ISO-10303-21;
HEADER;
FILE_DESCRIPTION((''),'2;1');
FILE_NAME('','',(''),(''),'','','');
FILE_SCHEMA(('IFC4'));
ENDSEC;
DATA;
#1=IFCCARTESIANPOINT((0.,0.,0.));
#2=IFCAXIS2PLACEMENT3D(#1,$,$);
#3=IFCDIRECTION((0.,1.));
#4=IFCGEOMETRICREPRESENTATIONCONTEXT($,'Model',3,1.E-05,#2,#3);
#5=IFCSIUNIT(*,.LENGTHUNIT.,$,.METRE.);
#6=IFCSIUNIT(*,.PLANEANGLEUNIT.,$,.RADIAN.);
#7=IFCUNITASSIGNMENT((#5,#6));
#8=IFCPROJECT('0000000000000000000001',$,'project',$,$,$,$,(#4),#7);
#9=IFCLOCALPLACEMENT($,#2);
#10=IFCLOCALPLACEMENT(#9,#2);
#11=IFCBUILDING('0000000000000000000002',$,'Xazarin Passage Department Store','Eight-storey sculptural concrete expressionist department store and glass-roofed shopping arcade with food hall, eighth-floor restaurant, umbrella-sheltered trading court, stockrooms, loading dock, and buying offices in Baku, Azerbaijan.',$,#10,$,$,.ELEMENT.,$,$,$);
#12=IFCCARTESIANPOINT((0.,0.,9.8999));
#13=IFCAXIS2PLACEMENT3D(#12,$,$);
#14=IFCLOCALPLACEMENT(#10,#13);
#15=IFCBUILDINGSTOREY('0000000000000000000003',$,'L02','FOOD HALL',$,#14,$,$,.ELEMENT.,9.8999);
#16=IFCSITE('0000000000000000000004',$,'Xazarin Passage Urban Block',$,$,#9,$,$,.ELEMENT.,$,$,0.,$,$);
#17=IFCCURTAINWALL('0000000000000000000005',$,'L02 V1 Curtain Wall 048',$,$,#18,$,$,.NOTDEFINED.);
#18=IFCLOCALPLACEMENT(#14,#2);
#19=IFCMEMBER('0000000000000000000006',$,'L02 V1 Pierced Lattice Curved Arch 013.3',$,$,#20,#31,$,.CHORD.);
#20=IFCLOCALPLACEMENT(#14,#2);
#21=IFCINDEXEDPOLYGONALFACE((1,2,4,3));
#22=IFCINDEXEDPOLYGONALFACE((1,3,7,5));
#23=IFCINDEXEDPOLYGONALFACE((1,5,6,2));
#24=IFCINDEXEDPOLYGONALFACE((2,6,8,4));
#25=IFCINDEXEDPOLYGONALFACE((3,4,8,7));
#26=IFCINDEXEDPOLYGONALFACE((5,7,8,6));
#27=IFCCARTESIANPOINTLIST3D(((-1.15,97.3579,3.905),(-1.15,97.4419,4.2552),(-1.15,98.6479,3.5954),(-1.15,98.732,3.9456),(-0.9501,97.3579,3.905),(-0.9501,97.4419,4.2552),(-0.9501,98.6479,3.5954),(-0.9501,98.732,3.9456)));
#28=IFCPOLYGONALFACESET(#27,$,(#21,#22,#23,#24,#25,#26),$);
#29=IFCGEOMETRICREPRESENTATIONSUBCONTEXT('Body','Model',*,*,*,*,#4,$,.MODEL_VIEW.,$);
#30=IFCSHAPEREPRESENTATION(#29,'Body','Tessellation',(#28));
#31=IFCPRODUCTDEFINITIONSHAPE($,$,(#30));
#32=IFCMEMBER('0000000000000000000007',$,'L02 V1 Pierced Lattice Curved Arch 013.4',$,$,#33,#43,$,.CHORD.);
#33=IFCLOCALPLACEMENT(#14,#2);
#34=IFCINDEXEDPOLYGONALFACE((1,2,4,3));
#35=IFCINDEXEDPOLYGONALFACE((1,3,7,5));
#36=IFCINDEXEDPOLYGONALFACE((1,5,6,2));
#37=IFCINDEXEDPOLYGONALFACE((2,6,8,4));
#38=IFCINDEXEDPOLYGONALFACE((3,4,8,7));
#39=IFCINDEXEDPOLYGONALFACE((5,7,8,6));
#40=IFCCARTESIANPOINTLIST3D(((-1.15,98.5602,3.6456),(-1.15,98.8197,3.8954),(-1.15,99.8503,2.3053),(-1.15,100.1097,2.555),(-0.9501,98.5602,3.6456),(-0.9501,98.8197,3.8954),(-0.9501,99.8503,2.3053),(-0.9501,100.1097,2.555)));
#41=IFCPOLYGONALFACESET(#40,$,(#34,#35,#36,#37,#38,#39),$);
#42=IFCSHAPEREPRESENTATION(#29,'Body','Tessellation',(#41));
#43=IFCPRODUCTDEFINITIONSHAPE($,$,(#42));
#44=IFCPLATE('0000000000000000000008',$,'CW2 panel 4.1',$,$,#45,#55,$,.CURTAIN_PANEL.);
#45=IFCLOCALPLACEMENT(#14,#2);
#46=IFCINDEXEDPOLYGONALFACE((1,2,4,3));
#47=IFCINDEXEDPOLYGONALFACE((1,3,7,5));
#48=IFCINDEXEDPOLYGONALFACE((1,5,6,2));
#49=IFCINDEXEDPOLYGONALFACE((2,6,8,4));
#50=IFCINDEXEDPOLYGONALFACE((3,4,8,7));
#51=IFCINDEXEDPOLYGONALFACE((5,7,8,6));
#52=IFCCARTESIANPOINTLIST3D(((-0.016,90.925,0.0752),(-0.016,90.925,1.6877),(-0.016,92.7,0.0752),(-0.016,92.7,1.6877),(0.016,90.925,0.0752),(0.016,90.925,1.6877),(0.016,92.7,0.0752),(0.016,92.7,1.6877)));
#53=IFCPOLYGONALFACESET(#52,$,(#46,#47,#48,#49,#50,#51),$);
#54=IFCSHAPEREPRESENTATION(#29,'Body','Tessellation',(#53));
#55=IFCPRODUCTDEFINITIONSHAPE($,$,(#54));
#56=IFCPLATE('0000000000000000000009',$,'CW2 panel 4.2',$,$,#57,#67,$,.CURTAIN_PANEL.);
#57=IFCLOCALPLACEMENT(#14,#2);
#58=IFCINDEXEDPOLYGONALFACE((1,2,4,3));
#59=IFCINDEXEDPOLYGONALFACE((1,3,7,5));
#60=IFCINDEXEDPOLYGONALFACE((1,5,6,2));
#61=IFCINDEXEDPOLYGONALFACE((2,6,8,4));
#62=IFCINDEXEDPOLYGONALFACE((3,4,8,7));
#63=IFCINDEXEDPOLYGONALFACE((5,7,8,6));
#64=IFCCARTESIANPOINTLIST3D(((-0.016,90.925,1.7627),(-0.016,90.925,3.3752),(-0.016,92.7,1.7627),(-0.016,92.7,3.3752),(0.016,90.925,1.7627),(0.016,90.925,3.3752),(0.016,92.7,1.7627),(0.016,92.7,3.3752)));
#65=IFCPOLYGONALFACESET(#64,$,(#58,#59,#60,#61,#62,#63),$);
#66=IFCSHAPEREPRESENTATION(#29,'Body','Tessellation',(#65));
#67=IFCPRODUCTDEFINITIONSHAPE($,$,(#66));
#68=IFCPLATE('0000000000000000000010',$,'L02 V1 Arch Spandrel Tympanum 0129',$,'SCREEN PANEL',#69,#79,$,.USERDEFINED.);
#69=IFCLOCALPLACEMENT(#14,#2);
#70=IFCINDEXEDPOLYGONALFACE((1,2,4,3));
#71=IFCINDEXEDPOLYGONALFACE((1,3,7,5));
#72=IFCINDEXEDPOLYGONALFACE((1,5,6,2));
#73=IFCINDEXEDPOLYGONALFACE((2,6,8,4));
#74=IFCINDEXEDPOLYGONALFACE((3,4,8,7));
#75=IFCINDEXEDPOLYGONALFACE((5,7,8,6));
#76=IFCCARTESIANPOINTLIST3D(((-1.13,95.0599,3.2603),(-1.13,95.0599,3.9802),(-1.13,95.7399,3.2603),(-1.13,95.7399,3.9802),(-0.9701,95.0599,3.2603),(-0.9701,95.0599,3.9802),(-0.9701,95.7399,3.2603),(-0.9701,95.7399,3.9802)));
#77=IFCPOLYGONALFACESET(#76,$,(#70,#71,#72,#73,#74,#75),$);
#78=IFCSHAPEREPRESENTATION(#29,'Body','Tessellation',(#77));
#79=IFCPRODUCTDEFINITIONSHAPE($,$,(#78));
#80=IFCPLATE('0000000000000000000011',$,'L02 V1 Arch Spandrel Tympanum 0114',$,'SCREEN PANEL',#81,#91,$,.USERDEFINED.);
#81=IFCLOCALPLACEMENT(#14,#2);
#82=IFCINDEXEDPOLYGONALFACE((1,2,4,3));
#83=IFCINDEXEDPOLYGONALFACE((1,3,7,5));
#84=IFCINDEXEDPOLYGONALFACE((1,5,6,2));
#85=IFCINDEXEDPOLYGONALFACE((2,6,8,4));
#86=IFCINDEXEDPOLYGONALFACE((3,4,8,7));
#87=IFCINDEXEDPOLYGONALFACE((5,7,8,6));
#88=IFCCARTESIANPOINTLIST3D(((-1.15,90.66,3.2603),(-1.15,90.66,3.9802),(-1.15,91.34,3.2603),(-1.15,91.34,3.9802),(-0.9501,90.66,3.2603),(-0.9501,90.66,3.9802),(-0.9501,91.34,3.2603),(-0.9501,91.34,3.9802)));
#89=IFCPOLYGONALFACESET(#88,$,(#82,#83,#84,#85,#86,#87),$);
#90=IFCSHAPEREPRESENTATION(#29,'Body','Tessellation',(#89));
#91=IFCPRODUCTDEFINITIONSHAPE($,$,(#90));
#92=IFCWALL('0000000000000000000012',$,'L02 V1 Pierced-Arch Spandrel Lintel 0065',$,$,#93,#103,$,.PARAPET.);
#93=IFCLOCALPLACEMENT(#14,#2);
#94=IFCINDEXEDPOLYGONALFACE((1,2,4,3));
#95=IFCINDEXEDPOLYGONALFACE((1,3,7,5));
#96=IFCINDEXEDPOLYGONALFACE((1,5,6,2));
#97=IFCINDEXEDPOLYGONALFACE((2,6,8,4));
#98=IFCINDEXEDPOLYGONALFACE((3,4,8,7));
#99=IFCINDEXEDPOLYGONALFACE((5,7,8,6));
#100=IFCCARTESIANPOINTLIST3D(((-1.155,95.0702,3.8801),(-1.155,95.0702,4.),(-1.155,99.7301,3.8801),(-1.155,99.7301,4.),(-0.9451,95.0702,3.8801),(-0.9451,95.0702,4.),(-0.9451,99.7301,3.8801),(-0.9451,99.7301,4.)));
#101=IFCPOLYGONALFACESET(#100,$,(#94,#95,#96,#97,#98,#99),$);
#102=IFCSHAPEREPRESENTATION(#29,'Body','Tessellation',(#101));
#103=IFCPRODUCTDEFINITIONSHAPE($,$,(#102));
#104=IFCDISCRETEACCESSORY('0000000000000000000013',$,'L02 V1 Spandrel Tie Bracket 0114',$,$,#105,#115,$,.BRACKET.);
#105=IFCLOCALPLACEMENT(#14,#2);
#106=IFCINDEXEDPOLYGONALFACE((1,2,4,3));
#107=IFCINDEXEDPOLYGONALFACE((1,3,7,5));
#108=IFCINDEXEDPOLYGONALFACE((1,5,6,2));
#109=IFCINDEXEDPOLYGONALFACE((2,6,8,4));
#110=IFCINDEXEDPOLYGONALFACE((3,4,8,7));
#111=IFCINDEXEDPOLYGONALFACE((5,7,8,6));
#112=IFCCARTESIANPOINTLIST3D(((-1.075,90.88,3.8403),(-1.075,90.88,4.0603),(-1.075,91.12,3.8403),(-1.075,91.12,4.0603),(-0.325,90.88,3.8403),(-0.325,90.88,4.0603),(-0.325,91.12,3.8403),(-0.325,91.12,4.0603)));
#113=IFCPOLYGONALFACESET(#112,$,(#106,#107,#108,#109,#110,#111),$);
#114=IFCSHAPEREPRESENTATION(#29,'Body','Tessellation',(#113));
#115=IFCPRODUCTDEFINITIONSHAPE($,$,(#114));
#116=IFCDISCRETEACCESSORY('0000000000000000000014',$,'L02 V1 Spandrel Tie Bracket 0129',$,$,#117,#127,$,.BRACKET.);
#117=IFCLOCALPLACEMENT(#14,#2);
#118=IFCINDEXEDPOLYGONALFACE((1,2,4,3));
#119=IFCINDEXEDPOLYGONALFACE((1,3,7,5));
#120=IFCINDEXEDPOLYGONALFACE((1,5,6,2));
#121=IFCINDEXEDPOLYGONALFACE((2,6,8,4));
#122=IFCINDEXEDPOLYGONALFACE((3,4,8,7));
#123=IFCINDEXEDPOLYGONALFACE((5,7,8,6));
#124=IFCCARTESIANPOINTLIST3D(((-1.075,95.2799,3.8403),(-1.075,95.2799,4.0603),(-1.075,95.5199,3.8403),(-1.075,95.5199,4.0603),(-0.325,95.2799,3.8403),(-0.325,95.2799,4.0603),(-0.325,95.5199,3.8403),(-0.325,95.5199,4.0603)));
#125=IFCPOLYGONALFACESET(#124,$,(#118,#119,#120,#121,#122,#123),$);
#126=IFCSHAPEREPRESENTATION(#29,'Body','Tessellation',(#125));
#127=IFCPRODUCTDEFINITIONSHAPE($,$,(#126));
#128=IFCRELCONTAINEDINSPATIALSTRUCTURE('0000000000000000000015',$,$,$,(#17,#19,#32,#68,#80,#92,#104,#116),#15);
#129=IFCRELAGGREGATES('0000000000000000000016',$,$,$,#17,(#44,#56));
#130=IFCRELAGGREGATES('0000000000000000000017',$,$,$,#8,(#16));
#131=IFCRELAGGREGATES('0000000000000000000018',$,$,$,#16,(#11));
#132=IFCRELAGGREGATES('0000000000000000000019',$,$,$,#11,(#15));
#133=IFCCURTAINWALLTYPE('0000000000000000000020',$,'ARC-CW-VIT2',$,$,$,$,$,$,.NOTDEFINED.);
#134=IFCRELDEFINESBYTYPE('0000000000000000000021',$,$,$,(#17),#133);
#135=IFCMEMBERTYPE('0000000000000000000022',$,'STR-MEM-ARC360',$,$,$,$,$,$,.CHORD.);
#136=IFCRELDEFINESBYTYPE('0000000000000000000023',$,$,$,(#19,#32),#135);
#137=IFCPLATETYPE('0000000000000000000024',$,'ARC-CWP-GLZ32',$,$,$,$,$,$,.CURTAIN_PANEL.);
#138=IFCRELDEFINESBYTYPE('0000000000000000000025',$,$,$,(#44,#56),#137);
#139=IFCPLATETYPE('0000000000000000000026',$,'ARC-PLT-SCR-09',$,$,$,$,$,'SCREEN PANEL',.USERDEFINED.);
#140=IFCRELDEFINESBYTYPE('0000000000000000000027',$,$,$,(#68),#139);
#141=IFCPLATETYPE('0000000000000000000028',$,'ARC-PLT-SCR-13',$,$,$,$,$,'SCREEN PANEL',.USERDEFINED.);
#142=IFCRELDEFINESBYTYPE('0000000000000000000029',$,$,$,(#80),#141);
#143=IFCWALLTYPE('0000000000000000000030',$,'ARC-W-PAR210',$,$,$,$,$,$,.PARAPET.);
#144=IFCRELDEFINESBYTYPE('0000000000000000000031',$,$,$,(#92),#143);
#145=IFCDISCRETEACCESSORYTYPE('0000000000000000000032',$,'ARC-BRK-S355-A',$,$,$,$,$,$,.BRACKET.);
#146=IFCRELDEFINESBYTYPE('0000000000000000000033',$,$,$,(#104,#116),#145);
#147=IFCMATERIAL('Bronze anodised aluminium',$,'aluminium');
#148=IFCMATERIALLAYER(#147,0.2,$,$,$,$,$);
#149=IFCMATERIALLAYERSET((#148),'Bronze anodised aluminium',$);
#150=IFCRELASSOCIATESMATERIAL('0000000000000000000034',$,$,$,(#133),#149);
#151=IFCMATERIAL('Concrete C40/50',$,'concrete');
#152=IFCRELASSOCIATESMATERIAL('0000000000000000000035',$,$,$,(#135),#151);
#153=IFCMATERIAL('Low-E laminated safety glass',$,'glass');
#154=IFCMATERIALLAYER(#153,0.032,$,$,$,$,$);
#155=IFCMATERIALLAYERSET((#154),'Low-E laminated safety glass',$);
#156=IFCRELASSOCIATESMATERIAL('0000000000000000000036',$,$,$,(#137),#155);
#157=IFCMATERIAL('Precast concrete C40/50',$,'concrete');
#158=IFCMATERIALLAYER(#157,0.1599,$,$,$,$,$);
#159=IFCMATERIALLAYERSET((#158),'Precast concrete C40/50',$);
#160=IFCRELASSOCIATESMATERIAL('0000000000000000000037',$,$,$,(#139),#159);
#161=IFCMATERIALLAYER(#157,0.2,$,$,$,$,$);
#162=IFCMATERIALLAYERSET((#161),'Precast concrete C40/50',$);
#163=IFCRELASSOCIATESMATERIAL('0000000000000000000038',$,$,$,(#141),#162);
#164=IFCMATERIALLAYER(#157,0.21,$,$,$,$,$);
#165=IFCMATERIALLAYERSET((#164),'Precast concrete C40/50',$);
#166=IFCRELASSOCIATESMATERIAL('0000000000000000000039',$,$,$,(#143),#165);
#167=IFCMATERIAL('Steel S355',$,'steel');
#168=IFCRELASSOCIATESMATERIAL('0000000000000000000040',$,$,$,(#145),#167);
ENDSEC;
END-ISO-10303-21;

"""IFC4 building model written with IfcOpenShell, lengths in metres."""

from ifc_helpers import new_model, si_unit, direction, frame, frame_2d, origin, origin_2d, place, context, subcontext, project, spatial, rectangle, extrude, material, layer, layer_set, material_profile, profile_set, type_object, element, aggregate, save


model = new_model("IFC4")

# Units and contexts
model_context = context("Model", 3, precision=1e-05, world=origin(), true_north=direction((0.0, 1.0)))
body_context = subcontext(model_context, "Body", "Model", "MODEL_VIEW")
ifc_project = project(units=[si_unit("LENGTHUNIT", "METRE"), si_unit("PLANEANGLEUNIT", "RADIAN")], contexts=[model_context])

# Site, building, storey
site_placement = place(None, origin())
site = spatial("IfcSite", under=ifc_project, at=site_placement, Name="Xazarin Passage Urban Block", CompositionType="ELEMENT", RefElevation=0.0)
building_placement = place(site_placement, origin())
building = spatial("IfcBuilding", under=site, at=building_placement, Name="Xazarin Passage Department Store", Description="Eight-storey sculptural concrete expressionist department store and glass-roofed shopping arcade with food hall, eighth-floor restaurant, umbrella-sheltered trading court, stockrooms, loading dock, and buying offices in Baku, Azerbaijan.", CompositionType="ELEMENT")
storey_placement = place(building_placement, frame((0.0, 0.0, 9.8999)))
storey = spatial("IfcBuildingStorey", under=building, at=storey_placement, Name="L02", Description="FOOD HALL", CompositionType="ELEMENT", Elevation=9.8999)

# Shared definitions
ifc_material_1 = material(Name="Concrete C40/50", Category="concrete")

# Curtain wall
ifc_material_2 = material(Name="Bronze anodised aluminium", Category="aluminium")
ifc_layer_1 = layer(ifc_material_2, 0.2)
ifc_layer_set_1 = layer_set([ifc_layer_1], Name="Bronze anodised aluminium")
curtain_wall_type = type_object("IfcCurtainWallType", Name="ARC-CW-VIT2", PredefinedType="NOTDEFINED", material=ifc_layer_set_1)
curtain_wall_placement = place(storey_placement, origin())
curtain_wall = element("IfcCurtainWall", 1, at=curtain_wall_placement, inside=storey, type_object=curtain_wall_type, Name="L02 V1 Curtain Wall 048", PredefinedType="NOTDEFINED")

# Members
ifc_material_profile_1 = material_profile(ifc_material_1, rectangle(XDim=0.2, YDim=0.3601, at=origin_2d()), Name="RC 200x360")
ifc_profile_set_1 = profile_set([ifc_material_profile_1], Name="Concrete C40/50")
member_type_1 = type_object("IfcMemberType", Name="STR-MEM-ARC360", PredefinedType="CHORD", material=ifc_profile_set_1)
member_1_placement = place(storey_placement, frame((-1.05, 97.3999, 4.0801), z_axis=(0.0, 0.972394, -0.233345), x_axis=(-1.0, 0.0, 0.0)))
element("IfcMember", 2, at=member_1_placement, inside=storey, type_object=member_type_1, Name="L02 V1 Pierced Lattice Curved Arch 013.3", PredefinedType="CHORD", context=body_context, shape_type="SweptSolid", body=[
    extrude(rectangle(XDim=0.2, YDim=0.3601, at=origin_2d()), origin(), (0.0, 0.0, 1.0), 1.3267),
])
member_2_placement = place(storey_placement, frame((-1.05, 98.6899, 3.7705), z_axis=(0.0, 0.69346, -0.720495), x_axis=(-1.0, 0.0, 0.0)))
element("IfcMember", 3, at=member_2_placement, inside=storey, type_object=member_type_1, Name="L02 V1 Pierced Lattice Curved Arch 013.4", PredefinedType="CHORD", context=body_context, shape_type="SweptSolid", body=[
    extrude(rectangle(XDim=0.2, YDim=0.3601, at=origin_2d()), origin(), (0.0, 0.0, 1.0), 1.8604),
])

# Plates
ifc_material_3 = material(Name="Low-E laminated safety glass", Category="glass")
ifc_layer_2 = layer(ifc_material_3, 0.032)
ifc_layer_set_2 = layer_set([ifc_layer_2], Name="Low-E laminated safety glass")
plate_type_1 = type_object("IfcPlateType", Name="ARC-CWP-GLZ32", PredefinedType="CURTAIN_PANEL", material=ifc_layer_set_2)
plate_1_placement = place(storey_placement, frame((0.0, 91.8125, 0.0752), z_axis=(0.0, 0.0, 1.0), x_axis=(0.0, 1.0, 0.0)))
plate_1 = element("IfcPlate", 4, at=plate_1_placement, type_object=plate_type_1, Name="CW2 panel 4.1", PredefinedType="CURTAIN_PANEL", context=body_context, shape_type="SweptSolid", body=[
    extrude(rectangle(XDim=1.7749, YDim=0.032, at=origin_2d()), origin(), (0.0, 0.0, 1.0), 1.6125),
])
plate_2_placement = place(storey_placement, frame((0.0, 91.8125, 1.7627), z_axis=(0.0, 0.0, 1.0), x_axis=(0.0, 1.0, 0.0)))
plate_2 = element("IfcPlate", 5, at=plate_2_placement, type_object=plate_type_1, Name="CW2 panel 4.2", PredefinedType="CURTAIN_PANEL", context=body_context, shape_type="SweptSolid", body=[
    extrude(rectangle(XDim=1.7749, YDim=0.032, at=origin_2d()), origin(), (0.0, 0.0, 1.0), 1.6125),
])
aggregate(curtain_wall, [plate_1, plate_2])

# Plates
ifc_material_4 = material(Name="Precast concrete C40/50", Category="concrete")
ifc_layer_3 = layer(ifc_material_4, 0.1599)
ifc_layer_set_3 = layer_set([ifc_layer_3], Name="Precast concrete C40/50")
plate_type_2 = type_object("IfcPlateType", Name="ARC-PLT-SCR-09", ElementType="SCREEN PANEL", PredefinedType="USERDEFINED", material=ifc_layer_set_3)
plate_3_placement = place(storey_placement, frame((-1.05, 95.3999, 3.2603), z_axis=(0.0, 0.0, 1.0), x_axis=(0.0, 1.0, 0.0)))
element("IfcPlate", 6, at=plate_3_placement, inside=storey, type_object=plate_type_2, Name="L02 V1 Arch Spandrel Tympanum 0129", ObjectType="SCREEN PANEL", PredefinedType="USERDEFINED", context=body_context, shape_type="SweptSolid", body=[
    extrude(rectangle(XDim=0.6799, YDim=0.1599, at=origin_2d()), origin(), (0.0, 0.0, 1.0), 0.72),
])
ifc_layer_4 = layer(ifc_material_4, 0.2)
ifc_layer_set_4 = layer_set([ifc_layer_4], Name="Precast concrete C40/50")
plate_type_3 = type_object("IfcPlateType", Name="ARC-PLT-SCR-13", ElementType="SCREEN PANEL", PredefinedType="USERDEFINED", material=ifc_layer_set_4)
plate_4_placement = place(storey_placement, frame((-1.05, 91.0, 3.2603), z_axis=(0.0, 0.0, 1.0), x_axis=(0.0, 1.0, 0.0)))
element("IfcPlate", 7, at=plate_4_placement, inside=storey, type_object=plate_type_3, Name="L02 V1 Arch Spandrel Tympanum 0114", ObjectType="SCREEN PANEL", PredefinedType="USERDEFINED", context=body_context, shape_type="SweptSolid", body=[
    extrude(rectangle(XDim=0.6799, YDim=0.2, at=origin_2d()), origin(), (0.0, 0.0, 1.0), 0.72),
])

# Wall
ifc_layer_5 = layer(ifc_material_4, 0.21)
ifc_layer_set_5 = layer_set([ifc_layer_5], Name="Precast concrete C40/50")
wall_type = type_object("IfcWallType", Name="ARC-W-PAR210", PredefinedType="PARAPET", material=ifc_layer_set_5)
wall_placement = place(storey_placement, frame((-1.05, 95.0701, 3.8801), z_axis=(0.0, 0.0, 1.0), x_axis=(0.0, 1.0, 0.0)))
element("IfcWall", 8, at=wall_placement, inside=storey, type_object=wall_type, Name="L02 V1 Pierced-Arch Spandrel Lintel 0065", PredefinedType="PARAPET", context=body_context, shape_type="SweptSolid", body=[
    extrude(rectangle(XDim=4.6599, YDim=0.21, at=frame_2d((2.3301, 0.0))), origin(), (0.0, 0.0, 1.0), 0.1199),
])

# Discrete accessories
ifc_material_5 = material(Name="Steel S355", Category="steel")
discrete_accessory_type = type_object("IfcDiscreteAccessoryType", Name="ARC-BRK-S355-A", PredefinedType="BRACKET", material=ifc_material_5)
for number, where, z_axis, x_axis, name in (
    (9, (-0.7, 91.0, 3.8403), (0.0, 0.0, 1.0), (0.0, 1.0, 0.0), "L02 V1 Spandrel Tie Bracket 0114"),
    (10, (-0.7, 95.3999, 3.8403), (0.0, 0.0, 1.0), (0.0, 1.0, 0.0), "L02 V1 Spandrel Tie Bracket 0129"),
):
    element("IfcDiscreteAccessory", number, at=place(storey_placement, frame(where, z_axis=z_axis, x_axis=x_axis)), inside=storey, type_object=discrete_accessory_type, Name=name, PredefinedType="BRACKET", context=body_context, shape_type="SweptSolid", body=[
        extrude(rectangle(XDim=0.24, YDim=0.75, at=origin_2d()), origin(), (0.0, 0.0, 1.0), 0.22),
    ])

save(model, "model.ifc")
